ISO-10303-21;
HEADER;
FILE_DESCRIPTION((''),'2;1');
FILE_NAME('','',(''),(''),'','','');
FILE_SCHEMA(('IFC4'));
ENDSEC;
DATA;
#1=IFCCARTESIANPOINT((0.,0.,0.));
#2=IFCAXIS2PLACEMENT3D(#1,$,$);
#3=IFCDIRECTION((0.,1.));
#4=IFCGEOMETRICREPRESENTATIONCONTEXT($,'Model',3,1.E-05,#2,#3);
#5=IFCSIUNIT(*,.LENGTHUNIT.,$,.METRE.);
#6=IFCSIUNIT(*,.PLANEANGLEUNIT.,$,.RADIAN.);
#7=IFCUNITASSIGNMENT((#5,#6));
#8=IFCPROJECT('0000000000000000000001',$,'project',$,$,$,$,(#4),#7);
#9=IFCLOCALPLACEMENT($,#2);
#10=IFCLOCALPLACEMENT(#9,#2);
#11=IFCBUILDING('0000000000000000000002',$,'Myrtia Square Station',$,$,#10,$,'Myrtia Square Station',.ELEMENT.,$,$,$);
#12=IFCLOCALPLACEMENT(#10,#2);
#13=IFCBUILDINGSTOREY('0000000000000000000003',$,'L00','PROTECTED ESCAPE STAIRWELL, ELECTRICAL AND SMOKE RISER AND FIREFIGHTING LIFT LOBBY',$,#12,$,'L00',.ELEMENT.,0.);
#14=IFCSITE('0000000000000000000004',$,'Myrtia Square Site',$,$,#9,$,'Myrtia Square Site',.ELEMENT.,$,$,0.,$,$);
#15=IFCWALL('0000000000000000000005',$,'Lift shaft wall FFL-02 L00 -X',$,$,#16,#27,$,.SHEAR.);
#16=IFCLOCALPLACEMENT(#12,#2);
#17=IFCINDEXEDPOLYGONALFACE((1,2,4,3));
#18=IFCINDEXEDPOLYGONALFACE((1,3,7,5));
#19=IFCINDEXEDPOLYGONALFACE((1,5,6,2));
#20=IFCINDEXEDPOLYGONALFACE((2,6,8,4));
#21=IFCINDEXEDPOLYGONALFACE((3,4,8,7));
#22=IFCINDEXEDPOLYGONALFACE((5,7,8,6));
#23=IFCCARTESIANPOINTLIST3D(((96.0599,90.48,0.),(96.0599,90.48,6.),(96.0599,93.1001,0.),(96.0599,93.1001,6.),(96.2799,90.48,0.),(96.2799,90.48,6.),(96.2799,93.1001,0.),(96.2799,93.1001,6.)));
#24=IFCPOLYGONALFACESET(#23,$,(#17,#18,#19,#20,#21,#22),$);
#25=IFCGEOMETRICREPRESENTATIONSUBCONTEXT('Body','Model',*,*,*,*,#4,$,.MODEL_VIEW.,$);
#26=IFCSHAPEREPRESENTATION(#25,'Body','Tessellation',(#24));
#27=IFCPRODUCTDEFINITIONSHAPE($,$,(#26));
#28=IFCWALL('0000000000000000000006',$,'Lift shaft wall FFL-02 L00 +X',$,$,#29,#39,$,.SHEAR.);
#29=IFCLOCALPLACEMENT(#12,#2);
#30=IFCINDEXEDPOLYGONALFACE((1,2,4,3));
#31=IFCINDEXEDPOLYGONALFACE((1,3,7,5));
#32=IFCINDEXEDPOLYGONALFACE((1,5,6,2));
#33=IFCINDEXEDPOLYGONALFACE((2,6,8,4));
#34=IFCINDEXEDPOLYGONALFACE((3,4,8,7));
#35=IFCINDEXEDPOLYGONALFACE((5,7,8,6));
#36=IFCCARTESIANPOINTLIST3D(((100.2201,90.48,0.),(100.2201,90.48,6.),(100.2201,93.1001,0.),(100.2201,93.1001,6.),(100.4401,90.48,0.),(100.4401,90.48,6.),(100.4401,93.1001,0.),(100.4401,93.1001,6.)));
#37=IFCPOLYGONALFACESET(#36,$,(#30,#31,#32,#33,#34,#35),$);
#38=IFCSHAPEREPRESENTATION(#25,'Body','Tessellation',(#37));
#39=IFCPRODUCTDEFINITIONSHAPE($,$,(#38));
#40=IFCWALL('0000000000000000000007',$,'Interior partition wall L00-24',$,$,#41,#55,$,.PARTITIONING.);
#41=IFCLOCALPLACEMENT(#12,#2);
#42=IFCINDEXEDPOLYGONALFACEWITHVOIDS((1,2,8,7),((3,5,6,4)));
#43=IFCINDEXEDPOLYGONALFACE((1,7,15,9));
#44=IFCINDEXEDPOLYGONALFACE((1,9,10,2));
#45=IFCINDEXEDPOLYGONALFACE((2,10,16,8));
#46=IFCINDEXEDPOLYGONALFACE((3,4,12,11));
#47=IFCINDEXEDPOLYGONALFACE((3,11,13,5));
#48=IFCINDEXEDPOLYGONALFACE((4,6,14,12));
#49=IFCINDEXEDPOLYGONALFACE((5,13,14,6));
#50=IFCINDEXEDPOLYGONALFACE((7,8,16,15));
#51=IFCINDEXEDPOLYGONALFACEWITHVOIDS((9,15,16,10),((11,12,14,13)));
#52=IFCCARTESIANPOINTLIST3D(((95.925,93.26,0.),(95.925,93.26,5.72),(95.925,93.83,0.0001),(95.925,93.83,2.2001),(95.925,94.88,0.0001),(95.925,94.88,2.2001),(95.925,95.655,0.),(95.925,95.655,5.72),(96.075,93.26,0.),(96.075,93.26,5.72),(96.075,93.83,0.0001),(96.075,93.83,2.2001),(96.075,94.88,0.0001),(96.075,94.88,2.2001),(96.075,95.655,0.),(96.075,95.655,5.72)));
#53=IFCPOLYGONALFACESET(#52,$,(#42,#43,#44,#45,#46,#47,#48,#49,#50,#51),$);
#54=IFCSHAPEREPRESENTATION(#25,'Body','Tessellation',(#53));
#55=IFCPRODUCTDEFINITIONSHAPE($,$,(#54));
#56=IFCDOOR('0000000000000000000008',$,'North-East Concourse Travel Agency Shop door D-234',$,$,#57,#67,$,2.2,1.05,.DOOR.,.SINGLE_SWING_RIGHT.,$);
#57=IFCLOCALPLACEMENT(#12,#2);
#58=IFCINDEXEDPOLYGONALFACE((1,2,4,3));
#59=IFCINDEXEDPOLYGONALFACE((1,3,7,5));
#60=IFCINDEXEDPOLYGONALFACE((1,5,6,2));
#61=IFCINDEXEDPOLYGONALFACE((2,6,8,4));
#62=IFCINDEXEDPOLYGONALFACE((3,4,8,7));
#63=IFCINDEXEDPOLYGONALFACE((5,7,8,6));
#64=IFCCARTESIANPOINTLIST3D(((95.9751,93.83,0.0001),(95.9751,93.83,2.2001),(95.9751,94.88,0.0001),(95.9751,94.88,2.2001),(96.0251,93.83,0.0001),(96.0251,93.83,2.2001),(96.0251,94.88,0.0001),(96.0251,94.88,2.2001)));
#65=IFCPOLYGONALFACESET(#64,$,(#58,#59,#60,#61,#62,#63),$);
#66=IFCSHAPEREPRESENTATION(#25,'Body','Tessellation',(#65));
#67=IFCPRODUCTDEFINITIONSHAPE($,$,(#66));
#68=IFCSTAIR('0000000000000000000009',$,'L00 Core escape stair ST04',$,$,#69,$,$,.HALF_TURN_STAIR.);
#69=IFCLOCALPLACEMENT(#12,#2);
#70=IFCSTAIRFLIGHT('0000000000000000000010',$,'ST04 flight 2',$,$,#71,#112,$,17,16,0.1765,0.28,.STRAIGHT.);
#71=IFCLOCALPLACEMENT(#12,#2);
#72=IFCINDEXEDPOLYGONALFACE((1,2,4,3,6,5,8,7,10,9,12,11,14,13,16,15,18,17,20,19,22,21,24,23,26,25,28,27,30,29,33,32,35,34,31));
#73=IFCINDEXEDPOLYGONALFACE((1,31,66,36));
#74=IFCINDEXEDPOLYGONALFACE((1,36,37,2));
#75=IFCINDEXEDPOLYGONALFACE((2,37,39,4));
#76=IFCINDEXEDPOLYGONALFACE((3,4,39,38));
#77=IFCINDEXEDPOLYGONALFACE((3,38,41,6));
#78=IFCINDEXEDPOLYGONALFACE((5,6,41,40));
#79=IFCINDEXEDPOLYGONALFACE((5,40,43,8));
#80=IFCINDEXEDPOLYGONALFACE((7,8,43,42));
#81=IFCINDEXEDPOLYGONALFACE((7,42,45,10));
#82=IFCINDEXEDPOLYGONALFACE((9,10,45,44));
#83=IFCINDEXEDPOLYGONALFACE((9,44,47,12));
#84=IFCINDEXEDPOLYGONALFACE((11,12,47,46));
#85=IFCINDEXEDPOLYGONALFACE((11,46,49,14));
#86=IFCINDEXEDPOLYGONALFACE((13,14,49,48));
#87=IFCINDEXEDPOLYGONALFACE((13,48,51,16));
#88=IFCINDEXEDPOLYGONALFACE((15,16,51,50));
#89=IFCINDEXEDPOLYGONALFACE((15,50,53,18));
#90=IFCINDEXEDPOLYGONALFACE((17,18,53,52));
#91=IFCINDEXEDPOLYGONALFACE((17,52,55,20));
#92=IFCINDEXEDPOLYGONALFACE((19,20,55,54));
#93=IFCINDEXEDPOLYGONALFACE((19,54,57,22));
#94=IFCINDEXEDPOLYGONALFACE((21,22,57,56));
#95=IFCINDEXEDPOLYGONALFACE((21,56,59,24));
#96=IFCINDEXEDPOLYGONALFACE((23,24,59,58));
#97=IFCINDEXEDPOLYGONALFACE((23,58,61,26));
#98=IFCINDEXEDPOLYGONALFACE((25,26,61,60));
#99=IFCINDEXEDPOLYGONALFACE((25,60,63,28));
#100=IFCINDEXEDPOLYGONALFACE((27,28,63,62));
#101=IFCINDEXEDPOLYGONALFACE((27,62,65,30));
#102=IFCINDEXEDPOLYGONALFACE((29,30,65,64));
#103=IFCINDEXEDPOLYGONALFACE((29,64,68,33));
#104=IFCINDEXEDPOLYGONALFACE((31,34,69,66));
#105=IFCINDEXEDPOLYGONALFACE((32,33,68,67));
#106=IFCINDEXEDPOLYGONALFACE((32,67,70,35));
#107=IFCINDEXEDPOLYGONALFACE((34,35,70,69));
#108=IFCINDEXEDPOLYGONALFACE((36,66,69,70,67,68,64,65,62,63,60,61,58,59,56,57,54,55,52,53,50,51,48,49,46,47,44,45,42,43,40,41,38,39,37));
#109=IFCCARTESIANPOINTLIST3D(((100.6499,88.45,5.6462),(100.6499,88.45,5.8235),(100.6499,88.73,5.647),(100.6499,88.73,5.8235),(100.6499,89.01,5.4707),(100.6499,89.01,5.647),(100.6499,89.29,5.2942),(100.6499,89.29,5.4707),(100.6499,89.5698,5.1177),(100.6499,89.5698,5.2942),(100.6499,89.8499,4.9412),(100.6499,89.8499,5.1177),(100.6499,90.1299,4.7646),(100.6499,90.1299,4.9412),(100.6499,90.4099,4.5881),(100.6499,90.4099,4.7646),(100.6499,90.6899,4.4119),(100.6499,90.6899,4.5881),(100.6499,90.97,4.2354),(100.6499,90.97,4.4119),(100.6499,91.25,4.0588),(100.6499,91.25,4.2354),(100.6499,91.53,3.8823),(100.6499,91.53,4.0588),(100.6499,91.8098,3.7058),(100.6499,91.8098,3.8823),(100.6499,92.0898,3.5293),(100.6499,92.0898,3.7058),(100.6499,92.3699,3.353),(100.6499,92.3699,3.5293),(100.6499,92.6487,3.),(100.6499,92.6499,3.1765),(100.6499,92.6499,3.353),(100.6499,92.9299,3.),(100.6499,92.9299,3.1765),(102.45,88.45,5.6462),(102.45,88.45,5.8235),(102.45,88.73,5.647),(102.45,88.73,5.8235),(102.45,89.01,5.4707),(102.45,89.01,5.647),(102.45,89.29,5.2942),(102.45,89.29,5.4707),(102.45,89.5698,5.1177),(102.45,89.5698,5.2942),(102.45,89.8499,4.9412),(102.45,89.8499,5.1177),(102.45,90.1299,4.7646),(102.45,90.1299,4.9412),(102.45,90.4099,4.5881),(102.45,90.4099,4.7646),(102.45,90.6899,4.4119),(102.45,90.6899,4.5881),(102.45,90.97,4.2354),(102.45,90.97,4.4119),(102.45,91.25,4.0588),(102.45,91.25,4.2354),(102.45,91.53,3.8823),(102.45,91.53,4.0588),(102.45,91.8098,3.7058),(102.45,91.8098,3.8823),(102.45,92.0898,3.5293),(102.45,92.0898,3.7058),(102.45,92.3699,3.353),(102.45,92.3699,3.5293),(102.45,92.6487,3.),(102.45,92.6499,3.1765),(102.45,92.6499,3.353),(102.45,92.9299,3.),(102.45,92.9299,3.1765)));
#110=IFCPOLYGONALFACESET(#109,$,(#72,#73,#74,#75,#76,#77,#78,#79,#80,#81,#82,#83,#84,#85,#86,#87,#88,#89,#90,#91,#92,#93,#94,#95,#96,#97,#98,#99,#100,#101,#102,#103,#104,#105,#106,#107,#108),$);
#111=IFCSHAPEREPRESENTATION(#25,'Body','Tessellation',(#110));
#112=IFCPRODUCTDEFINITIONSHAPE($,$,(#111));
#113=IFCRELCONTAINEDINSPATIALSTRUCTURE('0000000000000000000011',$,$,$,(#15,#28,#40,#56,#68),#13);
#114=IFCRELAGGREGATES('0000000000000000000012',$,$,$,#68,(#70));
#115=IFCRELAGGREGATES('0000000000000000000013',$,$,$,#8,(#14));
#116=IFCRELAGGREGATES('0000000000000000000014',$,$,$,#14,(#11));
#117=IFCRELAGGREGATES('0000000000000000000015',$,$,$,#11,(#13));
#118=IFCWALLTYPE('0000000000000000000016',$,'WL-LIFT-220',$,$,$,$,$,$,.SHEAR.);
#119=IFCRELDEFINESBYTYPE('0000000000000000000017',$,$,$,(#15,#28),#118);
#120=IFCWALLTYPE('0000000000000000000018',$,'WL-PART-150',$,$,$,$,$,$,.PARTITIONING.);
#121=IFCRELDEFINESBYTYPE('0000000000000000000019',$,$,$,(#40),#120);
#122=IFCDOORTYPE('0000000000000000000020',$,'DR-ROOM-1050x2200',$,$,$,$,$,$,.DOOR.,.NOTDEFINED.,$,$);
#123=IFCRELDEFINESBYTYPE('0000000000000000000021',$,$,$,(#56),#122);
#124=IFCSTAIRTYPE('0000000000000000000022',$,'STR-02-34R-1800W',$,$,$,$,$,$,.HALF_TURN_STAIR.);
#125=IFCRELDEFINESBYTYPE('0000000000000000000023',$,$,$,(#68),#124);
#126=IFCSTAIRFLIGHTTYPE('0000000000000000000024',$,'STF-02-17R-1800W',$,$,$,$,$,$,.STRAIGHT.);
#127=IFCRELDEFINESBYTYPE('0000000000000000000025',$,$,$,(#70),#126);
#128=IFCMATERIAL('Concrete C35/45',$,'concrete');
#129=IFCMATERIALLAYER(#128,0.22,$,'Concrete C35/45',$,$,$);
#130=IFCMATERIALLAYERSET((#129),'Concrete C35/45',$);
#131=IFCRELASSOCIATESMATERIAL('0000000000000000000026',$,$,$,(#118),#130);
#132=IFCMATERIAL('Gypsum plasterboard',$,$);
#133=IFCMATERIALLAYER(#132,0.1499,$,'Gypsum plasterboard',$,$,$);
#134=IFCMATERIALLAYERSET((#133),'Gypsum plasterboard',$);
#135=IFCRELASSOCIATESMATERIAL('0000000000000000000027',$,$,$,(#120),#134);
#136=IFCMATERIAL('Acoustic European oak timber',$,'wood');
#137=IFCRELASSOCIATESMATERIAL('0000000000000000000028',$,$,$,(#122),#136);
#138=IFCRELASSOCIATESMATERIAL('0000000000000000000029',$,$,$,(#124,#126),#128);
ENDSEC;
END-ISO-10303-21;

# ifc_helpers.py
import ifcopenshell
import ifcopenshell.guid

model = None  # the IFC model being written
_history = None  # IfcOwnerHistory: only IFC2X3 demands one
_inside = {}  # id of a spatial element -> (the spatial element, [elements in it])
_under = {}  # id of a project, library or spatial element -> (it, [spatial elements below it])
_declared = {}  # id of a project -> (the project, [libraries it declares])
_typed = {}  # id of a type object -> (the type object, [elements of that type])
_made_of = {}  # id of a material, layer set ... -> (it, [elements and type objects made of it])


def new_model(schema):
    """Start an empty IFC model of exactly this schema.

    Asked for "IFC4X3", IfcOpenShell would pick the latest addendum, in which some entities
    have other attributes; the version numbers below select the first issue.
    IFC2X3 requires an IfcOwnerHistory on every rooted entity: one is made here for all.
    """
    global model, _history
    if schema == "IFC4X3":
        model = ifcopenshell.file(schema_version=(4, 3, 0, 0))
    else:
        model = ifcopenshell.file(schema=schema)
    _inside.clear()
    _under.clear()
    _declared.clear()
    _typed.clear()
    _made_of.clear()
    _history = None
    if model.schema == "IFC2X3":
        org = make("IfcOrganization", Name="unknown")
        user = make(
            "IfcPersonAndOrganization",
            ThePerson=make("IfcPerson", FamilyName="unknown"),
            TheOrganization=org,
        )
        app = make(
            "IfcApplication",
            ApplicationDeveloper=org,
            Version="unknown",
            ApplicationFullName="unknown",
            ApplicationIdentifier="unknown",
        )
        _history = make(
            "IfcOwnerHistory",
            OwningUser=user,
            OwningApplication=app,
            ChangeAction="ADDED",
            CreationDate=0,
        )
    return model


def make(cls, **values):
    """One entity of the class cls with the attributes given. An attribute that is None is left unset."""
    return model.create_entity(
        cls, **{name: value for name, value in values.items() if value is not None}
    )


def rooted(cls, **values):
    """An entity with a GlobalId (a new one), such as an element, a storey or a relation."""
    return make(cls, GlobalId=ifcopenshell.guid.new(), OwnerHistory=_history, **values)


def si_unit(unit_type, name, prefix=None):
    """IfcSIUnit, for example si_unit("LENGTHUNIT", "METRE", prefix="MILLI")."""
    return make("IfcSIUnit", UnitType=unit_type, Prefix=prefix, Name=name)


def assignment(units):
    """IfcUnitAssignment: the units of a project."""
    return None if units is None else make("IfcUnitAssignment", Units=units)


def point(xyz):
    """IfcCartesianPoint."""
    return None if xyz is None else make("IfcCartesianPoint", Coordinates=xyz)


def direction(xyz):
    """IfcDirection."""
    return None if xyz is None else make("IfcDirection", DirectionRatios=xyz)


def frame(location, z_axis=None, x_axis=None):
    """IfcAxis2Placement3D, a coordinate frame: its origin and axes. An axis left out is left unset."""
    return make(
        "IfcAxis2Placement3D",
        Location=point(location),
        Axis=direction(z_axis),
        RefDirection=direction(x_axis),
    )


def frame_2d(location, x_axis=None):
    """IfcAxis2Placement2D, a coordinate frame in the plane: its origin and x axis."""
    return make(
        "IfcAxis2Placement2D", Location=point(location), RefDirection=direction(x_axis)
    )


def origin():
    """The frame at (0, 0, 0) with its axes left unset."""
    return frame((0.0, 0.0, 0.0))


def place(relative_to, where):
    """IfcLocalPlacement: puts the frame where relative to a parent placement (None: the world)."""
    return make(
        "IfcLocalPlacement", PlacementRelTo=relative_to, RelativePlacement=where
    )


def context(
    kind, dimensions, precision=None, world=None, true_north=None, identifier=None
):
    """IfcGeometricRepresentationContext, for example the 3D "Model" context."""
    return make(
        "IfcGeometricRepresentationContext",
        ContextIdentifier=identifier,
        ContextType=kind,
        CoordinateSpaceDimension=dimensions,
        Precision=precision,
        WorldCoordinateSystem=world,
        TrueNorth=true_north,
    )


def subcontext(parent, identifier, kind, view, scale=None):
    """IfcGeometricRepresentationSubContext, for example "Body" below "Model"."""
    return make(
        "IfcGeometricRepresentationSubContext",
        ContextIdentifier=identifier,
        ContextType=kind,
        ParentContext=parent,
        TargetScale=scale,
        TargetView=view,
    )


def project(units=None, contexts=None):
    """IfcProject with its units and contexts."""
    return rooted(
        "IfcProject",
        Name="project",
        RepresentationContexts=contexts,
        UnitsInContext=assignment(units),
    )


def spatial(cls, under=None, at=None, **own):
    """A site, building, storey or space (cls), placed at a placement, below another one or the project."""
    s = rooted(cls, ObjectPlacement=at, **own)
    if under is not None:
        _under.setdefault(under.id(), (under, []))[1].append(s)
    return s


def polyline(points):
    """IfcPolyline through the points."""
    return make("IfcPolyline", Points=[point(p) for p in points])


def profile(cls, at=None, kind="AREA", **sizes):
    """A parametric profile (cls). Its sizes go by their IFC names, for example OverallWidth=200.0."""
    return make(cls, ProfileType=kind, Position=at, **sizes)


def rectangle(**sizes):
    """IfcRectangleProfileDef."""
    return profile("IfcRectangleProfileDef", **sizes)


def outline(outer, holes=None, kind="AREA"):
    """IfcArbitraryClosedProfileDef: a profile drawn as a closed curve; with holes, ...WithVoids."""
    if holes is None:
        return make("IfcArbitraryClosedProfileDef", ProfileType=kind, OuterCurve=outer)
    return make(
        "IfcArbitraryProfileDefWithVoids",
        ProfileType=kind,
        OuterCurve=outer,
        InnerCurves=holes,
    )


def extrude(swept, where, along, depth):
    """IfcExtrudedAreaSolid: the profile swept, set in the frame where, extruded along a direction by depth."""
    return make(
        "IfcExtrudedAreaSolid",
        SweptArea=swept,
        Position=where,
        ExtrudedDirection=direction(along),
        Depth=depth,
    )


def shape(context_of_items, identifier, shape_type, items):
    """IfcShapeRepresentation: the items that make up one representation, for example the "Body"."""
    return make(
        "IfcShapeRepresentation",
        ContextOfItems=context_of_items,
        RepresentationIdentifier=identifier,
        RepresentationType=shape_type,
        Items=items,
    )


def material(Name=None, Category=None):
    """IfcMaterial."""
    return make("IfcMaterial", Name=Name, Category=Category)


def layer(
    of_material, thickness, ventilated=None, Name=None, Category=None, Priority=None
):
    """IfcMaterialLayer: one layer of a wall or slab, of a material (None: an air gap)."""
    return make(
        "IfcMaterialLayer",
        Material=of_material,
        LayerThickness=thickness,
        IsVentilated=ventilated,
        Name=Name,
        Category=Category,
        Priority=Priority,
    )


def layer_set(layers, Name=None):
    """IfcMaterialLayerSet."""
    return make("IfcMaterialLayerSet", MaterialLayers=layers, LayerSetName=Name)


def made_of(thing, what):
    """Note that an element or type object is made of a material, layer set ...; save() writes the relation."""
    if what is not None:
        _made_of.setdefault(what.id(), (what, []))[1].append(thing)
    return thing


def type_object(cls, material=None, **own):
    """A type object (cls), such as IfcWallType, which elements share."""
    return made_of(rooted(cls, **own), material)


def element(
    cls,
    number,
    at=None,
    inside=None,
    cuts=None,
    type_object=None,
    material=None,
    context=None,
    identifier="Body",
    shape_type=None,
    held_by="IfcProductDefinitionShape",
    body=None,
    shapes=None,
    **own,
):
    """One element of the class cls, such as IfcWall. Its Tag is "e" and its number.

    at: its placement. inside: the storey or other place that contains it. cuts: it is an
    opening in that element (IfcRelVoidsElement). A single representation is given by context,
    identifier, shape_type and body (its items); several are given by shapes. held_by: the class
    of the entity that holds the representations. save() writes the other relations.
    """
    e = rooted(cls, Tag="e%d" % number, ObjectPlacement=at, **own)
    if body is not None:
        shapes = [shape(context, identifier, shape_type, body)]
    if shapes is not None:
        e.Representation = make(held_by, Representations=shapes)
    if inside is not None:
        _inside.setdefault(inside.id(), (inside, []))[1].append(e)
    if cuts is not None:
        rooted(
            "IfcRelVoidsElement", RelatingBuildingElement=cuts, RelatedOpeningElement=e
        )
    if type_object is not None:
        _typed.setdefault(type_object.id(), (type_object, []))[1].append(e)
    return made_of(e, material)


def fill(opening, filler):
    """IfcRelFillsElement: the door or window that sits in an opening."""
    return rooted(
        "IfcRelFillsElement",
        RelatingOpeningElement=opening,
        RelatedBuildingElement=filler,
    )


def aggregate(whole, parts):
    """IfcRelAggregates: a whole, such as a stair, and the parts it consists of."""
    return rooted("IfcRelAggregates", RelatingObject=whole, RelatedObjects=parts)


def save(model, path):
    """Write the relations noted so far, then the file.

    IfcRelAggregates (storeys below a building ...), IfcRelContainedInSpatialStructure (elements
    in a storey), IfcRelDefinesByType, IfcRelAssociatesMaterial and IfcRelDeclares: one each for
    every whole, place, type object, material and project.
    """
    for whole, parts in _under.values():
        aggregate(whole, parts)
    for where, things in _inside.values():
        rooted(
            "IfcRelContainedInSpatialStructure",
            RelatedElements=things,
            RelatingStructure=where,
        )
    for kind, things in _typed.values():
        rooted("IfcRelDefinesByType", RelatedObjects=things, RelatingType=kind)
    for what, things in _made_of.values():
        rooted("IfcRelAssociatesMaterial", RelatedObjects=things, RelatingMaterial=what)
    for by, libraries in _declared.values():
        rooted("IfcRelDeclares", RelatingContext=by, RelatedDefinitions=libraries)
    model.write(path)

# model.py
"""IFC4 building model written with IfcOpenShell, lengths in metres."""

from ifc_helpers import new_model, si_unit, direction, frame, frame_2d, origin, place, context, subcontext, project, spatial, polyline, rectangle, outline, extrude, material, layer, layer_set, type_object, element, fill, aggregate, save


model = new_model("IFC4")

# Units and contexts
model_context = context("Model", 3, precision=1e-05, world=origin(), true_north=direction((0.0, 1.0)))
body_context = subcontext(model_context, "Body", "Model", "MODEL_VIEW")
ifc_project = project(units=[si_unit("LENGTHUNIT", "METRE"), si_unit("PLANEANGLEUNIT", "RADIAN")], contexts=[model_context])

# Site, building, storey
site_placement = place(None, origin())
site = spatial("IfcSite", under=ifc_project, at=site_placement, Name="Myrtia Square Site", LongName="Myrtia Square Site", CompositionType="ELEMENT", RefElevation=0.0)
building_placement = place(site_placement, origin())
building = spatial("IfcBuilding", under=site, at=building_placement, Name="Myrtia Square Station", LongName="Myrtia Square Station", CompositionType="ELEMENT")
storey_placement = place(building_placement, origin())
storey = spatial("IfcBuildingStorey", under=building, at=storey_placement, Name="L00", Description="PROTECTED ESCAPE STAIRWELL, ELECTRICAL AND SMOKE RISER AND FIREFIGHTING LIFT LOBBY", LongName="L00", CompositionType="ELEMENT", Elevation=0.0)

# Shared definitions
ifc_material_1 = material(Name="Concrete C35/45", Category="concrete")

# Shared definitions
ifc_layer_1 = layer(ifc_material_1, 0.22, Name="Concrete C35/45")
ifc_layer_set_1 = layer_set([ifc_layer_1], Name="Concrete C35/45")
wall_type_1 = type_object("IfcWallType", Name="WL-LIFT-220", PredefinedType="SHEAR", material=ifc_layer_set_1)

# Walls
for number, where, z_axis, x_axis, name in (
    (1, (96.1699, 90.48, 0.0), (0.0, 0.0, 1.0), (0.0, 1.0, 0.0), "Lift shaft wall FFL-02 L00 -X"),
    (2, (100.3301, 90.48, 0.0), (0.0, 0.0, 1.0), (0.0, 1.0, 0.0), "Lift shaft wall FFL-02 L00 +X"),
):
    element("IfcWall", number, at=place(storey_placement, frame(where, z_axis=z_axis, x_axis=x_axis)), inside=storey, type_object=wall_type_1, Name=name, PredefinedType="SHEAR", context=body_context, shape_type="SweptSolid", body=[
        extrude(rectangle(XDim=2.6201, YDim=0.22, at=frame_2d((1.3101, 0.0))), origin(), (0.0, 0.0, 1.0), 6.0),
    ])

# Wall, opening, door
ifc_material_2 = material(Name="Gypsum plasterboard")
ifc_layer_2 = layer(ifc_material_2, 0.1499, Name="Gypsum plasterboard")
ifc_layer_set_2 = layer_set([ifc_layer_2], Name="Gypsum plasterboard")
wall_type_2 = type_object("IfcWallType", Name="WL-PART-150", PredefinedType="PARTITIONING", material=ifc_layer_set_2)
wall_1_placement = place(storey_placement, frame((96.0, 93.26, 0.0), z_axis=(0.0, 0.0, 1.0), x_axis=(0.0, 1.0, 0.0)))
wall_1 = element("IfcWall", 3, at=wall_1_placement, inside=storey, type_object=wall_type_2, Name="Interior partition wall L00-24", PredefinedType="PARTITIONING", context=body_context, shape_type="SweptSolid", body=[
    extrude(rectangle(XDim=2.395, YDim=0.1499, at=frame_2d((1.1975, 0.0))), origin(), (0.0, 0.0, 1.0), 5.72),
])
opening_1_placement = place(wall_1_placement, frame((0.5701, 0.0, 0.0)))
opening_1 = element("IfcOpeningElement", 4, at=opening_1_placement, cuts=wall_1, PredefinedType="OPENING", context=body_context, shape_type="SweptSolid", body=[
    extrude(rectangle(XDim=1.05, YDim=2.2, at=frame_2d((0.5249, 1.1001))), frame((0.0, 0.0898, 0.0), z_axis=(0.0, -1.0, 0.0), x_axis=(1.0, 0.0, 0.0)), (0.0, 0.0, 1.0), 0.1799),
])
ifc_material_3 = material(Name="Acoustic European oak timber", Category="wood")
door_type_1 = type_object("IfcDoorType", Name="DR-ROOM-1050x2200", OperationType="NOTDEFINED", PredefinedType="DOOR", material=ifc_material_3)
door_1_placement = place(opening_1_placement, origin())
door_1 = element("IfcDoor", 5, at=door_1_placement, inside=storey, type_object=door_type_1, Name="North-East Concourse Travel Agency Shop door D-234", OperationType="SINGLE_SWING_RIGHT", OverallHeight=2.2, OverallWidth=1.05, PredefinedType="DOOR", context=body_context, shape_type="SweptSolid", body=[
    extrude(rectangle(XDim=1.05, YDim=2.2, at=frame_2d((0.5249, 1.1001))), frame((0.0, 0.0249, 0.0), z_axis=(0.0, -1.0, 0.0), x_axis=(1.0, 0.0, 0.0)), (0.0, 0.0, 1.0), 0.05),
])
fill(opening_1, door_1)

# Stair, stair flight
stair_type = type_object("IfcStairType", Name="STR-02-34R-1800W", PredefinedType="HALF_TURN_STAIR", material=ifc_material_1)
stair_placement = place(storey_placement, origin())
stair = element("IfcStair", 6, at=stair_placement, inside=storey, type_object=stair_type, Name="L00 Core escape stair ST04", PredefinedType="HALF_TURN_STAIR")
stair_flight_type = type_object("IfcStairFlightType", Name="STF-02-17R-1800W", PredefinedType="STRAIGHT", material=ifc_material_1)
stair_flight_placement = place(storey_placement, frame((101.55, 92.9299, 3.0), z_axis=(0.0, 0.0, 1.0), x_axis=(0.0, -1.0, 0.0)))
stair_flight = element("IfcStairFlight", 7, at=stair_flight_placement, type_object=stair_flight_type, Name="ST04 flight 2", NumberOfRisers=17, NumberOfTreads=16, PredefinedType="STRAIGHT", RiserHeight=0.1765, TreadLength=0.28, context=body_context, shape_type="SweptSolid", body=[
    extrude(outline(polyline([(0.0, 0.0), (0.0, 0.1765), (0.28, 0.1765), (0.28, 0.353), (0.5601, 0.353), (0.5601, 0.5293), (0.8401, 0.5293), (0.8401, 0.7058), (1.1201, 0.7058), (1.1201, 0.8823), (1.3999, 0.8823), (1.3999, 1.0588), (1.6799, 1.0588), (1.6799, 1.2354), (1.96, 1.2354), (1.96, 1.4119), (2.24, 1.4119), (2.24, 1.5881), (2.52, 1.5881), (2.52, 1.7646), (2.8, 1.7646), (2.8, 1.9412), (3.0801, 1.9412), (3.0801, 2.1177), (3.3601, 2.1177), (3.3601, 2.2942), (3.6399, 2.2942), (3.6399, 2.4707), (3.9199, 2.4707), (3.9199, 2.647), (4.2, 2.647), (4.2, 2.8235), (4.48, 2.8235), (4.48, 3.0), (4.48, 2.6462), (0.2812, 0.0), (0.0, 0.0)])), frame((0.0, 0.8999, 0.0), z_axis=(0.0, -1.0, 0.0), x_axis=(1.0, 0.0, 0.0)), (0.0, 0.0, 1.0), 1.8),
])
aggregate(stair, [stair_flight])

save(model, "model.ifc")
